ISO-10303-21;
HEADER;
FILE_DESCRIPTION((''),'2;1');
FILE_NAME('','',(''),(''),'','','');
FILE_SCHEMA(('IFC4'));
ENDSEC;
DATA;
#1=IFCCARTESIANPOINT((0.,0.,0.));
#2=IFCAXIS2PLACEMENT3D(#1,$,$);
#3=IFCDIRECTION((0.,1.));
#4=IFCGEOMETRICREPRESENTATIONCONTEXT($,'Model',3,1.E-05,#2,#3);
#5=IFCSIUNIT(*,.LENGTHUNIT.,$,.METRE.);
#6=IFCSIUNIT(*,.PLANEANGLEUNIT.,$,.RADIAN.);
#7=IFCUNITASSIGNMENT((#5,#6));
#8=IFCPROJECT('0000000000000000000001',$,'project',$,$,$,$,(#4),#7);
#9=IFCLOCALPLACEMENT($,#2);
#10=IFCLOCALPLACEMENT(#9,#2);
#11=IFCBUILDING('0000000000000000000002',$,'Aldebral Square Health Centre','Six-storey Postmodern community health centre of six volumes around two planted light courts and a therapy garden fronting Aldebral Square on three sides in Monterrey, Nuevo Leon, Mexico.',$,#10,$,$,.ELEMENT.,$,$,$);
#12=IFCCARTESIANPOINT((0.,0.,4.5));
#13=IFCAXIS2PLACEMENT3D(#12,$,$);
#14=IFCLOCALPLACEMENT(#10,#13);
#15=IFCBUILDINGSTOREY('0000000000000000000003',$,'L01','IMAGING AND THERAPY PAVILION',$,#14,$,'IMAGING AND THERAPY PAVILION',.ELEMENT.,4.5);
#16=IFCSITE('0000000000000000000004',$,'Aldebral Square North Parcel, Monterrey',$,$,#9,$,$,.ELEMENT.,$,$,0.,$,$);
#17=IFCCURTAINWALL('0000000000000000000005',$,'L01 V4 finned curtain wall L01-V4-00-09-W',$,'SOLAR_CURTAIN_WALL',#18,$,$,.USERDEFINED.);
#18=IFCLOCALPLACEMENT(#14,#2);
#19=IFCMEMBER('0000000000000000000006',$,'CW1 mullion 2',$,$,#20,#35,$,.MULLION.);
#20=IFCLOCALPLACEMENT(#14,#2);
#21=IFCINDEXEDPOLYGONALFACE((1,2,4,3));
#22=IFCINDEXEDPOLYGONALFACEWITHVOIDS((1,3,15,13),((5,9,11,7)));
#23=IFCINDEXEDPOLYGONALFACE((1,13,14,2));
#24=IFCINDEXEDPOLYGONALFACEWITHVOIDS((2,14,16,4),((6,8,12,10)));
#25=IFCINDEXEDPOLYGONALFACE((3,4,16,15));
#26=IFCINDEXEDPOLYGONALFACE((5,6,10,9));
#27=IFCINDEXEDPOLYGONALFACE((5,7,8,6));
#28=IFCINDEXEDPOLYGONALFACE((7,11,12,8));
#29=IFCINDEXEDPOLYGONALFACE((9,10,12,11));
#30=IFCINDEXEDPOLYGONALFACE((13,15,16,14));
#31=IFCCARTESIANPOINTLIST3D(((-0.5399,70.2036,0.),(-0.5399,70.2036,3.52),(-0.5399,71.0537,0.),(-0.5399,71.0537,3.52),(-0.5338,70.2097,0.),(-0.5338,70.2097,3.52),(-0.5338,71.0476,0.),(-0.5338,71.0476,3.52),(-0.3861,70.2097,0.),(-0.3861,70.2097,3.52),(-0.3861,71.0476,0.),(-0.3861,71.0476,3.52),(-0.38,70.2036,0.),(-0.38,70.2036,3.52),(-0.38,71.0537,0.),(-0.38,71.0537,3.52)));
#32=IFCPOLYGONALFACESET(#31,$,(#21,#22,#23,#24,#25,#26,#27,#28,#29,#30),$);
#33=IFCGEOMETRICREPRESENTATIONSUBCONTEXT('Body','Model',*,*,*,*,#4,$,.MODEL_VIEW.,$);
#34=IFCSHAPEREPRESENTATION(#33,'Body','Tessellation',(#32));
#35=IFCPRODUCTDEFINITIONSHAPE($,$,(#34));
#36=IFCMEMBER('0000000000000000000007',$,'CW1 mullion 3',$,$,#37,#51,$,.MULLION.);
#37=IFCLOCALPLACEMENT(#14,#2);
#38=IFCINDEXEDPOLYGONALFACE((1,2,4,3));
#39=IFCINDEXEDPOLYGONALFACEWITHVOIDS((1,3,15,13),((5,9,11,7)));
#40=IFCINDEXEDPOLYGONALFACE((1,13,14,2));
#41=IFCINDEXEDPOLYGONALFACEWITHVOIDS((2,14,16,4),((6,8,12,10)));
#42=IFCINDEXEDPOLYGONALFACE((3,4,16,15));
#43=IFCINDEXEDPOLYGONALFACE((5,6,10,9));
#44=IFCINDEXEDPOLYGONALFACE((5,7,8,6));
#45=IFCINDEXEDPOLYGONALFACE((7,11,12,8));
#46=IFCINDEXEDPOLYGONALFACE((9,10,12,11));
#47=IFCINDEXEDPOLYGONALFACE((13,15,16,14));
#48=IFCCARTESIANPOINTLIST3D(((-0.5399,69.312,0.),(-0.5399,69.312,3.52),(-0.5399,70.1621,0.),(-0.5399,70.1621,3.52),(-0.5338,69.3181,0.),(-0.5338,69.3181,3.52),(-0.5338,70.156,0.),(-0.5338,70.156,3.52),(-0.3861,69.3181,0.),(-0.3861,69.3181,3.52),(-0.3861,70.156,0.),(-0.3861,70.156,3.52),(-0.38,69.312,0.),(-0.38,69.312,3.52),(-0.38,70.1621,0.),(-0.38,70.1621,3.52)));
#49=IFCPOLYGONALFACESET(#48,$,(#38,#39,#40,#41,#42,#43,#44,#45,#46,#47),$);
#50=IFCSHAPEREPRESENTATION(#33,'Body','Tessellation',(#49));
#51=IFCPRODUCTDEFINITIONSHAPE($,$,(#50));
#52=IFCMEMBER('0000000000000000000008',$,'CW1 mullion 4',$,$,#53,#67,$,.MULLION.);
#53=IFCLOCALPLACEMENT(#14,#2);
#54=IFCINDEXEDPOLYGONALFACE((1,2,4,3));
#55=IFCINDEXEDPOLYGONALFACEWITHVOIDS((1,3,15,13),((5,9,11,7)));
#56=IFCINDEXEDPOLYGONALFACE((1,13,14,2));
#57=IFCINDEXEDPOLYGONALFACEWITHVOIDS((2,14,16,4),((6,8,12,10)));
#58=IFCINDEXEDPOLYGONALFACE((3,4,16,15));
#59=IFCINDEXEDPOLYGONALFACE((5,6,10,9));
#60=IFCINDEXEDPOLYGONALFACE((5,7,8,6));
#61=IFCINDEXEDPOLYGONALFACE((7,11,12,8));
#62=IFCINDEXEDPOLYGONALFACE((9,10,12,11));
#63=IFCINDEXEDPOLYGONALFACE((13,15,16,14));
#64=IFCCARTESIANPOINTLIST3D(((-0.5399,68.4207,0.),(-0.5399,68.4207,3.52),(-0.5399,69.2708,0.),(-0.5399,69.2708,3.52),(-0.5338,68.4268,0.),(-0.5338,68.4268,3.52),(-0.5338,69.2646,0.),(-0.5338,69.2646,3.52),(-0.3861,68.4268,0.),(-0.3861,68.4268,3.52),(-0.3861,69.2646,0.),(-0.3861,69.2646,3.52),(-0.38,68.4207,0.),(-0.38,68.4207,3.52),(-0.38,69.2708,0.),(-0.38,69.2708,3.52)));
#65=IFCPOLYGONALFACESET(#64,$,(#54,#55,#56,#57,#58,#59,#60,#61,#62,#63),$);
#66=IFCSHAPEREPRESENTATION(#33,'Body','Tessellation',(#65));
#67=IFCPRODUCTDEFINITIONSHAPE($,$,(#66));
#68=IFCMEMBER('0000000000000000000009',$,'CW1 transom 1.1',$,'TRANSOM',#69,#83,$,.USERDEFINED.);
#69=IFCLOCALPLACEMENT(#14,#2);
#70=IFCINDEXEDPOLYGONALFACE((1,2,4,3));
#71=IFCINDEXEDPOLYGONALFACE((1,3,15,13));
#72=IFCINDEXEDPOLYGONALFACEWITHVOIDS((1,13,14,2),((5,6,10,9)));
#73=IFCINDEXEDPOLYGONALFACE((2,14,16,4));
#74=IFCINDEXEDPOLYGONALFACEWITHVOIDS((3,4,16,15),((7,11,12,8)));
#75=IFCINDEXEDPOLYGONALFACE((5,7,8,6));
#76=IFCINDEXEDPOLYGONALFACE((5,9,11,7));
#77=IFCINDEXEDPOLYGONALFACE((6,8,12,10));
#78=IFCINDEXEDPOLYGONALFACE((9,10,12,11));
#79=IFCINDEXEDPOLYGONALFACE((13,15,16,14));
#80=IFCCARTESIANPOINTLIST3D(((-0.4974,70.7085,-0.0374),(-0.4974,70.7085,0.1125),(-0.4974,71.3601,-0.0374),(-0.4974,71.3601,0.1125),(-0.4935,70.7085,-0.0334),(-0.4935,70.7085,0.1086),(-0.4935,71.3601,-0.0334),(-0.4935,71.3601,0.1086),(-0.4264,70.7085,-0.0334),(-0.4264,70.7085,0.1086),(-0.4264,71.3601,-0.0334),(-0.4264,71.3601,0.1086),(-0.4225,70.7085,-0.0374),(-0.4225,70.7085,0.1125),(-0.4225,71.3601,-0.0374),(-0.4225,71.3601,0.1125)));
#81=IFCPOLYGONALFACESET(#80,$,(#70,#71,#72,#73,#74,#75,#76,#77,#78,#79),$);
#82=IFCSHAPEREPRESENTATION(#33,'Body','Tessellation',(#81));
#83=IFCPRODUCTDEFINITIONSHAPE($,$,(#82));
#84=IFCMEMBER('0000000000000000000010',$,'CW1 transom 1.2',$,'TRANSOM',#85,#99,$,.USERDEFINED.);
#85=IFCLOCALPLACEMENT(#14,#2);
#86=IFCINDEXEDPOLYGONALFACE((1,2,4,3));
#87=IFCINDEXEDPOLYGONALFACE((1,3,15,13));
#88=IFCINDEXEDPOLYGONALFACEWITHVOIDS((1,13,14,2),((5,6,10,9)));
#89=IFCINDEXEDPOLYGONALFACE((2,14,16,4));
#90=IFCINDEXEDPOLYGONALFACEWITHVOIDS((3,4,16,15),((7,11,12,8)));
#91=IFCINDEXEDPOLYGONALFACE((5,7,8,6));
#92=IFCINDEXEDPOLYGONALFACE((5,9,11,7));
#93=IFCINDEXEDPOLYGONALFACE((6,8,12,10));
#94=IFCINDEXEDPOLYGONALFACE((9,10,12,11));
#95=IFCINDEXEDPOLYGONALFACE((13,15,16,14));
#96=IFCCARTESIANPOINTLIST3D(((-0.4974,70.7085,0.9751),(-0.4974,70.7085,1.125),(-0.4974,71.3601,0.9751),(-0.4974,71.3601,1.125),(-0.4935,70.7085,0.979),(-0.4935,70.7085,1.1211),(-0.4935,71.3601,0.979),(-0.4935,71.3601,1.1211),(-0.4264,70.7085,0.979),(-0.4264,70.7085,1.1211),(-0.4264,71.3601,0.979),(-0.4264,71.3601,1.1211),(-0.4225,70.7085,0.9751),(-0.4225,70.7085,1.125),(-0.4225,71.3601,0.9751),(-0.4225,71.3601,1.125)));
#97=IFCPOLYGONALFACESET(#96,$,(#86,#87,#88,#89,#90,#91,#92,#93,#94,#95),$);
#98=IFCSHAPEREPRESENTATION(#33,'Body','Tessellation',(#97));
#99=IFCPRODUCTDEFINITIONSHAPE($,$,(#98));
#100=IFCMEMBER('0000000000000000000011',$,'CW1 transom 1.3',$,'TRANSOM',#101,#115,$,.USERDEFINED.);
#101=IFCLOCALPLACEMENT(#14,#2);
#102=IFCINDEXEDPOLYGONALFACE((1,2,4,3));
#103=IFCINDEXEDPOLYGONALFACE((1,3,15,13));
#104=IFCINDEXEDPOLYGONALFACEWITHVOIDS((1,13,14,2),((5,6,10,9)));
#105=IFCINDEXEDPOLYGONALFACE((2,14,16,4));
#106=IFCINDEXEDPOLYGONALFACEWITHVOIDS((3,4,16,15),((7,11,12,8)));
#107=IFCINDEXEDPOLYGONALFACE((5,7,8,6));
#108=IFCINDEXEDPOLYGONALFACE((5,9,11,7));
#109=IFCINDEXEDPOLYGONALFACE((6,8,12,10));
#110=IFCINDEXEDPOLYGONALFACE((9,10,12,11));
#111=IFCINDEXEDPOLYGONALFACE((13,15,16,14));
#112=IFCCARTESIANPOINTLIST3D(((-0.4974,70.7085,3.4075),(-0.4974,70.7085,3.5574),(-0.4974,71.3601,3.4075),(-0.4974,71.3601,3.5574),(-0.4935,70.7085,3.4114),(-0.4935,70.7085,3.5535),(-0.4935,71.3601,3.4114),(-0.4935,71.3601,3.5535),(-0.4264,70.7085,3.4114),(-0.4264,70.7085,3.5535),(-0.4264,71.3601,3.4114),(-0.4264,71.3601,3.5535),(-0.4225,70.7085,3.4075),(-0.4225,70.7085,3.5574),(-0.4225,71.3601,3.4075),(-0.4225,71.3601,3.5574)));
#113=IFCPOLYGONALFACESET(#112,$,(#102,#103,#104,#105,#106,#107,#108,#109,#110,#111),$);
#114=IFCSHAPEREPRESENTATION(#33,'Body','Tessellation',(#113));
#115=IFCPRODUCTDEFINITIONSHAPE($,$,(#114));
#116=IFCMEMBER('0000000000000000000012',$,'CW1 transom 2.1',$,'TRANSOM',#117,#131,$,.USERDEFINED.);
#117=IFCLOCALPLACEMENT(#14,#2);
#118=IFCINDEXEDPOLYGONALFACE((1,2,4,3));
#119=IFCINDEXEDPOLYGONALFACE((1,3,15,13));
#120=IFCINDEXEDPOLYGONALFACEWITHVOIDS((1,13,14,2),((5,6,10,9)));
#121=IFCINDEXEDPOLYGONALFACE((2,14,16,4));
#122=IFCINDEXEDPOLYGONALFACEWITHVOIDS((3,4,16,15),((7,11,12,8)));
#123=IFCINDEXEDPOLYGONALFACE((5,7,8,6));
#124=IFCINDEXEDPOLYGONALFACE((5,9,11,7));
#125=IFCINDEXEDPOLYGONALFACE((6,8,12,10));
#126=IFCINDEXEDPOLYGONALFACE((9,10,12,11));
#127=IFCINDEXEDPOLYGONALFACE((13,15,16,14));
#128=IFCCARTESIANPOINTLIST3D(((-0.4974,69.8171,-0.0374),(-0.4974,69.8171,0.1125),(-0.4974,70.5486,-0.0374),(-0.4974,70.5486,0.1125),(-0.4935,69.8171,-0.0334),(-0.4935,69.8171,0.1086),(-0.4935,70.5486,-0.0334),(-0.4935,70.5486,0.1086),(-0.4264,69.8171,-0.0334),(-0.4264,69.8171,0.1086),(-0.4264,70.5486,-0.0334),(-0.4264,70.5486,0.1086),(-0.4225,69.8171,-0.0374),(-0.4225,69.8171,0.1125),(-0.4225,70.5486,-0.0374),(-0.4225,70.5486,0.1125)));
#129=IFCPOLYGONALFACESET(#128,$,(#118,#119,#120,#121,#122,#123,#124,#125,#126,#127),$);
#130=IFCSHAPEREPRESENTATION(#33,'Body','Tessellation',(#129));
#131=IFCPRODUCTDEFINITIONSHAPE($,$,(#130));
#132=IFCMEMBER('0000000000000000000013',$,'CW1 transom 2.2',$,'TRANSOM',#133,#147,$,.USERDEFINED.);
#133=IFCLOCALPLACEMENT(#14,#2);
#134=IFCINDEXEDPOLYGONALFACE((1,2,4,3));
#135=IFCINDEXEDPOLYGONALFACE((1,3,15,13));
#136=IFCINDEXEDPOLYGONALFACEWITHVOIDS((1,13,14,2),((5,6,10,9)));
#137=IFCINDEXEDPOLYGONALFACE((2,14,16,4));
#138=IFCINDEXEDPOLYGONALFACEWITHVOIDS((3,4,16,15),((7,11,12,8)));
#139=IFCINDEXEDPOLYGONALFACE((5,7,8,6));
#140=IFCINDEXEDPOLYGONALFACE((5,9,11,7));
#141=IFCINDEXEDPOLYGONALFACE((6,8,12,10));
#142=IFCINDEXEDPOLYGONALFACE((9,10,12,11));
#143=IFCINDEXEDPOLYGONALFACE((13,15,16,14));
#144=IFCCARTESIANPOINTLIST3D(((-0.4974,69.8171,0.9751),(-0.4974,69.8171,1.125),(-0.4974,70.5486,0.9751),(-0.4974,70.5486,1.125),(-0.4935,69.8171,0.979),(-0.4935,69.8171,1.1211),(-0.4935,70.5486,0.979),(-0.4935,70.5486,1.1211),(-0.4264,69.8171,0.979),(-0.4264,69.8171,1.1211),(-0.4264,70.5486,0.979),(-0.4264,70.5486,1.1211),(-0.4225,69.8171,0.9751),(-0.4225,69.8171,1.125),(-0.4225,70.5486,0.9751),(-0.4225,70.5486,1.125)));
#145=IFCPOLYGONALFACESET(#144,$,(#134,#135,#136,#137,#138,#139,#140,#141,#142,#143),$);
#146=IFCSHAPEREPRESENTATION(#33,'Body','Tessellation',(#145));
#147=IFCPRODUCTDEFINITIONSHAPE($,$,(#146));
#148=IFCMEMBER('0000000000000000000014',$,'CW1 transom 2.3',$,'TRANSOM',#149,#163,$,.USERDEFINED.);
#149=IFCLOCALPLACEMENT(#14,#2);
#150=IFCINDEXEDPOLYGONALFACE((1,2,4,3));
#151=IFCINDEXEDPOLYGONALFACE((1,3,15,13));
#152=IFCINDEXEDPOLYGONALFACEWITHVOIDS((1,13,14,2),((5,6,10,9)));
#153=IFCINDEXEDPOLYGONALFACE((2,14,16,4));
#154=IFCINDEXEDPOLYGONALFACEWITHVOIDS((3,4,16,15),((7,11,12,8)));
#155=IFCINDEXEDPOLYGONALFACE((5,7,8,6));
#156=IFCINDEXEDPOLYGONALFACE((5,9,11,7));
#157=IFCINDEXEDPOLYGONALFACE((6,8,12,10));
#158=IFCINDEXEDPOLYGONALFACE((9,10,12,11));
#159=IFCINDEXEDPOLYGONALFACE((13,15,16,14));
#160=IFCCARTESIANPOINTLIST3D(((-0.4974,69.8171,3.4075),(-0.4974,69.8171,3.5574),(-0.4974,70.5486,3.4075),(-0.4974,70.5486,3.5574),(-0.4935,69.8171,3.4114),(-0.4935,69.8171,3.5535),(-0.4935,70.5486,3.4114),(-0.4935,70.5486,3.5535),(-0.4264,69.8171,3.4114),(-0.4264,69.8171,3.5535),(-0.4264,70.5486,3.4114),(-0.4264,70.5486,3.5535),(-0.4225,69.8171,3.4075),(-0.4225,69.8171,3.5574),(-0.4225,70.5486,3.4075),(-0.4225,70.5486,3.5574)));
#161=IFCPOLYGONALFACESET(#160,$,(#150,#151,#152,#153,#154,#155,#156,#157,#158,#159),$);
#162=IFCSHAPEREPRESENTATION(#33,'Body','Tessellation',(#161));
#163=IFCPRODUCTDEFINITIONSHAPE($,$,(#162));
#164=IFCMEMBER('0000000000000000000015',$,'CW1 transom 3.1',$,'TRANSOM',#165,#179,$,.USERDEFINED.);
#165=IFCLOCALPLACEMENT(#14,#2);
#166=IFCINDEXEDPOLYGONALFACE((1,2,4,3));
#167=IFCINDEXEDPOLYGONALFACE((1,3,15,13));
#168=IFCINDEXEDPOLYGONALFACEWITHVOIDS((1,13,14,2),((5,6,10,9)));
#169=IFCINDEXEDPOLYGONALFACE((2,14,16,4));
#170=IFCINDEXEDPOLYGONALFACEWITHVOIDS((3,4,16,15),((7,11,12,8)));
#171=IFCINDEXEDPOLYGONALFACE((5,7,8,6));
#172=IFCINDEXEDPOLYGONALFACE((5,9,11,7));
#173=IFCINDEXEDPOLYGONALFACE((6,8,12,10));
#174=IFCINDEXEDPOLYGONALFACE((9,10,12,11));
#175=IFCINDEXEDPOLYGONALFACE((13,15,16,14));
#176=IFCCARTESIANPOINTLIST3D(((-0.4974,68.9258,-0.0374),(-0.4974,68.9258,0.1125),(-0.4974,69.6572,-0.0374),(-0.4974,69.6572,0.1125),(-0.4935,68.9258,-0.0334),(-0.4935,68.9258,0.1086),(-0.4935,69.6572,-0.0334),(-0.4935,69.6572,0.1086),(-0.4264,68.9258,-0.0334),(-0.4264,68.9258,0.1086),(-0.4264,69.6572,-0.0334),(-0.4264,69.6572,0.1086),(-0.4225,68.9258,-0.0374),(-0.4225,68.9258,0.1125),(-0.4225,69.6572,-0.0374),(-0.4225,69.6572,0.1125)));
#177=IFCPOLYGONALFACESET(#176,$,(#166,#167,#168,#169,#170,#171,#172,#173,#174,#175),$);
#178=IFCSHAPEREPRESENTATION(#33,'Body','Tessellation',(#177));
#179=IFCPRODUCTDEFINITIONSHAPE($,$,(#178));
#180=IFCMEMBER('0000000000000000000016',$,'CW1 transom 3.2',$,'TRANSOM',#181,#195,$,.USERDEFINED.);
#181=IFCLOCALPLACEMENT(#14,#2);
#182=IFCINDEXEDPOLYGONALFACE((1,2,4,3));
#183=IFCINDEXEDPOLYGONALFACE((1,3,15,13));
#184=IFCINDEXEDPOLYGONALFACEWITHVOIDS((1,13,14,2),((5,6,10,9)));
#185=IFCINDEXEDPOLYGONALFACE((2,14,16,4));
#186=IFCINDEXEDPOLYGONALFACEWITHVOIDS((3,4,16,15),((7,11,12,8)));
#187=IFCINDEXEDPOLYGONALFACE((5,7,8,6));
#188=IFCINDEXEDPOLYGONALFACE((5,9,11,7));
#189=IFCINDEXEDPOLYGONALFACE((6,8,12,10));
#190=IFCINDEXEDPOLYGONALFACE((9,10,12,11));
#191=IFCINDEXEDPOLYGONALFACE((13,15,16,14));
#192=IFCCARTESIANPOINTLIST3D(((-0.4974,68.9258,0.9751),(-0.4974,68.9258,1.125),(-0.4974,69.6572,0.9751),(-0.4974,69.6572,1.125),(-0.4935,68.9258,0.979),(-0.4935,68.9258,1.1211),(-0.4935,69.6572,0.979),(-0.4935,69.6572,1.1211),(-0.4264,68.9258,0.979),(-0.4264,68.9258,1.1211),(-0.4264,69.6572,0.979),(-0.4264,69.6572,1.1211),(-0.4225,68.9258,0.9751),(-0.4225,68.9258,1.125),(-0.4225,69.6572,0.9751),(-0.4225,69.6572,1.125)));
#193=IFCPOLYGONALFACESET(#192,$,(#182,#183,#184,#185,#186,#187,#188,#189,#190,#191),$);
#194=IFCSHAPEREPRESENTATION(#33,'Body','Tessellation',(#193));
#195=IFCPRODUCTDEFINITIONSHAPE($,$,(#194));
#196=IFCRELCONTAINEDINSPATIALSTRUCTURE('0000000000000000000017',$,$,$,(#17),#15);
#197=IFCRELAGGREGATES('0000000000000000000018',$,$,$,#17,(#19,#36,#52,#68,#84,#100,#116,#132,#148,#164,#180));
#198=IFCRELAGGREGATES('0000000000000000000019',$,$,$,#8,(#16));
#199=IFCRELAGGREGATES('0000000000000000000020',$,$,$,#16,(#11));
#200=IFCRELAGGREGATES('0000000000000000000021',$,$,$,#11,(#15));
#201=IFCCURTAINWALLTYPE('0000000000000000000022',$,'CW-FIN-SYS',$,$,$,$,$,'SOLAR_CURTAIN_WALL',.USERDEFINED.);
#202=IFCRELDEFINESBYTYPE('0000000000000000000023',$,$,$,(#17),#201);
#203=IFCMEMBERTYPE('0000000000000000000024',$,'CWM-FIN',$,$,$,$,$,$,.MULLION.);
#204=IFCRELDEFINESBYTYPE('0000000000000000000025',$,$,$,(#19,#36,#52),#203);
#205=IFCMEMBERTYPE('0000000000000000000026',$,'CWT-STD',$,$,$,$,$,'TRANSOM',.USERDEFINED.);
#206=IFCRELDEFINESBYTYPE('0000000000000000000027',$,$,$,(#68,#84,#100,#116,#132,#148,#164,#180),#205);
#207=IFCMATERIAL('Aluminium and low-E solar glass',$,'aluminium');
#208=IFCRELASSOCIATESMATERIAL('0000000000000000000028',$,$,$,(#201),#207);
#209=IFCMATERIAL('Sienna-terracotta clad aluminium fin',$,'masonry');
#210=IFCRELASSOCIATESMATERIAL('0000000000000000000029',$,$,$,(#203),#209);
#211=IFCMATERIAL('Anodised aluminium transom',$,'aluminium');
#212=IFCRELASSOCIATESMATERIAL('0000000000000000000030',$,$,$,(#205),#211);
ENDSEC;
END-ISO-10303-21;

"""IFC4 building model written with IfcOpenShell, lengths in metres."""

from ifc_helpers import new_model, si_unit, direction, frame, origin, origin_2d, place, context, subcontext, project, spatial, hollow_rectangle, extrude, material, material_profile, profile_set, type_object, element, aggregate, save


model = new_model("IFC4")

# Units and contexts
model_context = context("Model", 3, precision=1e-05, world=origin(), true_north=direction((0.0, 1.0)))
body_context = subcontext(model_context, "Body", "Model", "MODEL_VIEW")
ifc_project = project(units=[si_unit("LENGTHUNIT", "METRE"), si_unit("PLANEANGLEUNIT", "RADIAN")], contexts=[model_context])

# Site, building, storey
site_placement = place(None, origin())
site = spatial("IfcSite", under=ifc_project, at=site_placement, Name="Aldebral Square North Parcel, Monterrey", CompositionType="ELEMENT", RefElevation=0.0)
building_placement = place(site_placement, origin())
building = spatial("IfcBuilding", under=site, at=building_placement, Name="Aldebral Square Health Centre", Description="Six-storey Postmodern community health centre of six volumes around two planted light courts and a therapy garden fronting Aldebral Square on three sides in Monterrey, Nuevo Leon, Mexico.", CompositionType="ELEMENT")
storey_placement = place(building_placement, frame((0.0, 0.0, 4.5)))
storey = spatial("IfcBuildingStorey", under=building, at=storey_placement, Name="L01", Description="IMAGING AND THERAPY PAVILION", LongName="IMAGING AND THERAPY PAVILION", CompositionType="ELEMENT", Elevation=4.5)

# Curtain wall, members
ifc_material_1 = material(Name="Aluminium and low-E solar glass", Category="aluminium")
curtain_wall_type = type_object("IfcCurtainWallType", Name="CW-FIN-SYS", ElementType="SOLAR_CURTAIN_WALL", PredefinedType="USERDEFINED", material=ifc_material_1)
curtain_wall_placement = place(storey_placement, origin())
curtain_wall = element("IfcCurtainWall", 1, at=curtain_wall_placement, inside=storey, type_object=curtain_wall_type, Name="L01 V4 finned curtain wall L01-V4-00-09-W", ObjectType="SOLAR_CURTAIN_WALL", PredefinedType="USERDEFINED")
ifc_material_2 = material(Name="Sienna-terracotta clad aluminium fin", Category="masonry")
ifc_material_profile_1 = material_profile(ifc_material_2, hollow_rectangle(XDim=0.1599, YDim=0.8501, WallThickness=0.0061, at=origin_2d()), Name="FIN 160x850x6")
ifc_profile_set_1 = profile_set([ifc_material_profile_1], Name="Sienna-terracotta clad aluminium fin")
member_type_1 = type_object("IfcMemberType", Name="CWM-FIN", PredefinedType="MULLION", material=ifc_profile_set_1)
member_1_placement = place(storey_placement, frame((-0.46, 70.6287, 0.0), z_axis=(0.0, 0.0, 1.0), x_axis=(1.0, 0.0, 0.0)))
member_1 = element("IfcMember", 2, at=member_1_placement, type_object=member_type_1, Name="CW1 mullion 2", PredefinedType="MULLION", context=body_context, shape_type="SweptSolid", body=[
    extrude(hollow_rectangle(XDim=0.1599, YDim=0.8501, WallThickness=0.0061, at=origin_2d()), origin(), (0.0, 0.0, 1.0), 3.52),
])
member_2_placement = place(storey_placement, frame((-0.46, 69.7371, 0.0), z_axis=(0.0, 0.0, 1.0), x_axis=(1.0, 0.0, 0.0)))
member_2 = element("IfcMember", 3, at=member_2_placement, type_object=member_type_1, Name="CW1 mullion 3", PredefinedType="MULLION", context=body_context, shape_type="SweptSolid", body=[
    extrude(hollow_rectangle(XDim=0.1599, YDim=0.8501, WallThickness=0.0061, at=origin_2d()), origin(), (0.0, 0.0, 1.0), 3.52),
])
member_3_placement = place(storey_placement, frame((-0.46, 68.8457, 0.0), z_axis=(0.0, 0.0, 1.0), x_axis=(1.0, 0.0, 0.0)))
member_3 = element("IfcMember", 4, at=member_3_placement, type_object=member_type_1, Name="CW1 mullion 4", PredefinedType="MULLION", context=body_context, shape_type="SweptSolid", body=[
    extrude(hollow_rectangle(XDim=0.1599, YDim=0.8501, WallThickness=0.0061, at=origin_2d()), origin(), (0.0, 0.0, 1.0), 3.52),
])
ifc_material_3 = material(Name="Anodised aluminium transom", Category="aluminium")
ifc_material_profile_2 = material_profile(ifc_material_3, hollow_rectangle(XDim=0.075, YDim=0.1499, WallThickness=0.0039, at=origin_2d()), Name="CWT 75x150x4")
ifc_profile_set_2 = profile_set([ifc_material_profile_2], Name="Anodised aluminium transom")
member_type_2 = type_object("IfcMemberType", Name="CWT-STD", ElementType="TRANSOM", PredefinedType="USERDEFINED", material=ifc_profile_set_2)
member_4_placement = place(storey_placement, frame((-0.46, 71.3601, 0.0376), z_axis=(0.0, -1.0, 0.0), x_axis=(1.0, 0.0, 0.0)))
member_4 = element("IfcMember", 5, at=member_4_placement, type_object=member_type_2, Name="CW1 transom 1.1", ObjectType="TRANSOM", PredefinedType="USERDEFINED", context=body_context, shape_type="SweptSolid", body=[
    extrude(hollow_rectangle(XDim=0.075, YDim=0.1499, WallThickness=0.0039, at=origin_2d()), origin(), (0.0, 0.0, 1.0), 0.6516),
])
member_5_placement = place(storey_placement, frame((-0.46, 71.3601, 1.05), z_axis=(0.0, -1.0, 0.0), x_axis=(1.0, 0.0, 0.0)))
member_5 = element("IfcMember", 6, at=member_5_placement, type_object=member_type_2, Name="CW1 transom 1.2", ObjectType="TRANSOM", PredefinedType="USERDEFINED", context=body_context, shape_type="SweptSolid", body=[
    extrude(hollow_rectangle(XDim=0.075, YDim=0.1499, WallThickness=0.0039, at=origin_2d()), origin(), (0.0, 0.0, 1.0), 0.6516),
])
member_6_placement = place(storey_placement, frame((-0.46, 71.3601, 3.4824), z_axis=(0.0, -1.0, 0.0), x_axis=(1.0, 0.0, 0.0)))
member_6 = element("IfcMember", 7, at=member_6_placement, type_object=member_type_2, Name="CW1 transom 1.3", ObjectType="TRANSOM", PredefinedType="USERDEFINED", context=body_context, shape_type="SweptSolid", body=[
    extrude(hollow_rectangle(XDim=0.075, YDim=0.1499, WallThickness=0.0039, at=origin_2d()), origin(), (0.0, 0.0, 1.0), 0.6516),
])
member_7_placement = place(storey_placement, frame((-0.46, 70.5486, 0.0376), z_axis=(0.0, -1.0, 0.0), x_axis=(1.0, 0.0, 0.0)))
member_7 = element("IfcMember", 8, at=member_7_placement, type_object=member_type_2, Name="CW1 transom 2.1", ObjectType="TRANSOM", PredefinedType="USERDEFINED", context=body_context, shape_type="SweptSolid", body=[
    extrude(hollow_rectangle(XDim=0.075, YDim=0.1499, WallThickness=0.0039, at=origin_2d()), origin(), (0.0, 0.0, 1.0), 0.7314),
])
member_8_placement = place(storey_placement, frame((-0.46, 70.5486, 1.05), z_axis=(0.0, -1.0, 0.0), x_axis=(1.0, 0.0, 0.0)))
member_8 = element("IfcMember", 9, at=member_8_placement, type_object=member_type_2, Name="CW1 transom 2.2", ObjectType="TRANSOM", PredefinedType="USERDEFINED", context=body_context, shape_type="SweptSolid", body=[
    extrude(hollow_rectangle(XDim=0.075, YDim=0.1499, WallThickness=0.0039, at=origin_2d()), origin(), (0.0, 0.0, 1.0), 0.7314),
])
member_9_placement = place(storey_placement, frame((-0.46, 70.5486, 3.4824), z_axis=(0.0, -1.0, 0.0), x_axis=(1.0, 0.0, 0.0)))
member_9 = element("IfcMember", 10, at=member_9_placement, type_object=member_type_2, Name="CW1 transom 2.3", ObjectType="TRANSOM", PredefinedType="USERDEFINED", context=body_context, shape_type="SweptSolid", body=[
    extrude(hollow_rectangle(XDim=0.075, YDim=0.1499, WallThickness=0.0039, at=origin_2d()), origin(), (0.0, 0.0, 1.0), 0.7314),
])
member_10_placement = place(storey_placement, frame((-0.46, 69.6572, 0.0376), z_axis=(0.0, -1.0, 0.0), x_axis=(1.0, 0.0, 0.0)))
member_10 = element("IfcMember", 11, at=member_10_placement, type_object=member_type_2, Name="CW1 transom 3.1", ObjectType="TRANSOM", PredefinedType="USERDEFINED", context=body_context, shape_type="SweptSolid", body=[
    extrude(hollow_rectangle(XDim=0.075, YDim=0.1499, WallThickness=0.0039, at=origin_2d()), origin(), (0.0, 0.0, 1.0), 0.7314),
])
member_11_placement = place(storey_placement, frame((-0.46, 69.6572, 1.05), z_axis=(0.0, -1.0, 0.0), x_axis=(1.0, 0.0, 0.0)))
member_11 = element("IfcMember", 12, at=member_11_placement, type_object=member_type_2, Name="CW1 transom 3.2", ObjectType="TRANSOM", PredefinedType="USERDEFINED", context=body_context, shape_type="SweptSolid", body=[
    extrude(hollow_rectangle(XDim=0.075, YDim=0.1499, WallThickness=0.0039, at=origin_2d()), origin(), (0.0, 0.0, 1.0), 0.7314),
])
aggregate(curtain_wall, [member_1, member_2, member_3, member_4, member_5, member_6, member_7, member_8, member_9, member_10, member_11])

save(model, "model.ifc")
